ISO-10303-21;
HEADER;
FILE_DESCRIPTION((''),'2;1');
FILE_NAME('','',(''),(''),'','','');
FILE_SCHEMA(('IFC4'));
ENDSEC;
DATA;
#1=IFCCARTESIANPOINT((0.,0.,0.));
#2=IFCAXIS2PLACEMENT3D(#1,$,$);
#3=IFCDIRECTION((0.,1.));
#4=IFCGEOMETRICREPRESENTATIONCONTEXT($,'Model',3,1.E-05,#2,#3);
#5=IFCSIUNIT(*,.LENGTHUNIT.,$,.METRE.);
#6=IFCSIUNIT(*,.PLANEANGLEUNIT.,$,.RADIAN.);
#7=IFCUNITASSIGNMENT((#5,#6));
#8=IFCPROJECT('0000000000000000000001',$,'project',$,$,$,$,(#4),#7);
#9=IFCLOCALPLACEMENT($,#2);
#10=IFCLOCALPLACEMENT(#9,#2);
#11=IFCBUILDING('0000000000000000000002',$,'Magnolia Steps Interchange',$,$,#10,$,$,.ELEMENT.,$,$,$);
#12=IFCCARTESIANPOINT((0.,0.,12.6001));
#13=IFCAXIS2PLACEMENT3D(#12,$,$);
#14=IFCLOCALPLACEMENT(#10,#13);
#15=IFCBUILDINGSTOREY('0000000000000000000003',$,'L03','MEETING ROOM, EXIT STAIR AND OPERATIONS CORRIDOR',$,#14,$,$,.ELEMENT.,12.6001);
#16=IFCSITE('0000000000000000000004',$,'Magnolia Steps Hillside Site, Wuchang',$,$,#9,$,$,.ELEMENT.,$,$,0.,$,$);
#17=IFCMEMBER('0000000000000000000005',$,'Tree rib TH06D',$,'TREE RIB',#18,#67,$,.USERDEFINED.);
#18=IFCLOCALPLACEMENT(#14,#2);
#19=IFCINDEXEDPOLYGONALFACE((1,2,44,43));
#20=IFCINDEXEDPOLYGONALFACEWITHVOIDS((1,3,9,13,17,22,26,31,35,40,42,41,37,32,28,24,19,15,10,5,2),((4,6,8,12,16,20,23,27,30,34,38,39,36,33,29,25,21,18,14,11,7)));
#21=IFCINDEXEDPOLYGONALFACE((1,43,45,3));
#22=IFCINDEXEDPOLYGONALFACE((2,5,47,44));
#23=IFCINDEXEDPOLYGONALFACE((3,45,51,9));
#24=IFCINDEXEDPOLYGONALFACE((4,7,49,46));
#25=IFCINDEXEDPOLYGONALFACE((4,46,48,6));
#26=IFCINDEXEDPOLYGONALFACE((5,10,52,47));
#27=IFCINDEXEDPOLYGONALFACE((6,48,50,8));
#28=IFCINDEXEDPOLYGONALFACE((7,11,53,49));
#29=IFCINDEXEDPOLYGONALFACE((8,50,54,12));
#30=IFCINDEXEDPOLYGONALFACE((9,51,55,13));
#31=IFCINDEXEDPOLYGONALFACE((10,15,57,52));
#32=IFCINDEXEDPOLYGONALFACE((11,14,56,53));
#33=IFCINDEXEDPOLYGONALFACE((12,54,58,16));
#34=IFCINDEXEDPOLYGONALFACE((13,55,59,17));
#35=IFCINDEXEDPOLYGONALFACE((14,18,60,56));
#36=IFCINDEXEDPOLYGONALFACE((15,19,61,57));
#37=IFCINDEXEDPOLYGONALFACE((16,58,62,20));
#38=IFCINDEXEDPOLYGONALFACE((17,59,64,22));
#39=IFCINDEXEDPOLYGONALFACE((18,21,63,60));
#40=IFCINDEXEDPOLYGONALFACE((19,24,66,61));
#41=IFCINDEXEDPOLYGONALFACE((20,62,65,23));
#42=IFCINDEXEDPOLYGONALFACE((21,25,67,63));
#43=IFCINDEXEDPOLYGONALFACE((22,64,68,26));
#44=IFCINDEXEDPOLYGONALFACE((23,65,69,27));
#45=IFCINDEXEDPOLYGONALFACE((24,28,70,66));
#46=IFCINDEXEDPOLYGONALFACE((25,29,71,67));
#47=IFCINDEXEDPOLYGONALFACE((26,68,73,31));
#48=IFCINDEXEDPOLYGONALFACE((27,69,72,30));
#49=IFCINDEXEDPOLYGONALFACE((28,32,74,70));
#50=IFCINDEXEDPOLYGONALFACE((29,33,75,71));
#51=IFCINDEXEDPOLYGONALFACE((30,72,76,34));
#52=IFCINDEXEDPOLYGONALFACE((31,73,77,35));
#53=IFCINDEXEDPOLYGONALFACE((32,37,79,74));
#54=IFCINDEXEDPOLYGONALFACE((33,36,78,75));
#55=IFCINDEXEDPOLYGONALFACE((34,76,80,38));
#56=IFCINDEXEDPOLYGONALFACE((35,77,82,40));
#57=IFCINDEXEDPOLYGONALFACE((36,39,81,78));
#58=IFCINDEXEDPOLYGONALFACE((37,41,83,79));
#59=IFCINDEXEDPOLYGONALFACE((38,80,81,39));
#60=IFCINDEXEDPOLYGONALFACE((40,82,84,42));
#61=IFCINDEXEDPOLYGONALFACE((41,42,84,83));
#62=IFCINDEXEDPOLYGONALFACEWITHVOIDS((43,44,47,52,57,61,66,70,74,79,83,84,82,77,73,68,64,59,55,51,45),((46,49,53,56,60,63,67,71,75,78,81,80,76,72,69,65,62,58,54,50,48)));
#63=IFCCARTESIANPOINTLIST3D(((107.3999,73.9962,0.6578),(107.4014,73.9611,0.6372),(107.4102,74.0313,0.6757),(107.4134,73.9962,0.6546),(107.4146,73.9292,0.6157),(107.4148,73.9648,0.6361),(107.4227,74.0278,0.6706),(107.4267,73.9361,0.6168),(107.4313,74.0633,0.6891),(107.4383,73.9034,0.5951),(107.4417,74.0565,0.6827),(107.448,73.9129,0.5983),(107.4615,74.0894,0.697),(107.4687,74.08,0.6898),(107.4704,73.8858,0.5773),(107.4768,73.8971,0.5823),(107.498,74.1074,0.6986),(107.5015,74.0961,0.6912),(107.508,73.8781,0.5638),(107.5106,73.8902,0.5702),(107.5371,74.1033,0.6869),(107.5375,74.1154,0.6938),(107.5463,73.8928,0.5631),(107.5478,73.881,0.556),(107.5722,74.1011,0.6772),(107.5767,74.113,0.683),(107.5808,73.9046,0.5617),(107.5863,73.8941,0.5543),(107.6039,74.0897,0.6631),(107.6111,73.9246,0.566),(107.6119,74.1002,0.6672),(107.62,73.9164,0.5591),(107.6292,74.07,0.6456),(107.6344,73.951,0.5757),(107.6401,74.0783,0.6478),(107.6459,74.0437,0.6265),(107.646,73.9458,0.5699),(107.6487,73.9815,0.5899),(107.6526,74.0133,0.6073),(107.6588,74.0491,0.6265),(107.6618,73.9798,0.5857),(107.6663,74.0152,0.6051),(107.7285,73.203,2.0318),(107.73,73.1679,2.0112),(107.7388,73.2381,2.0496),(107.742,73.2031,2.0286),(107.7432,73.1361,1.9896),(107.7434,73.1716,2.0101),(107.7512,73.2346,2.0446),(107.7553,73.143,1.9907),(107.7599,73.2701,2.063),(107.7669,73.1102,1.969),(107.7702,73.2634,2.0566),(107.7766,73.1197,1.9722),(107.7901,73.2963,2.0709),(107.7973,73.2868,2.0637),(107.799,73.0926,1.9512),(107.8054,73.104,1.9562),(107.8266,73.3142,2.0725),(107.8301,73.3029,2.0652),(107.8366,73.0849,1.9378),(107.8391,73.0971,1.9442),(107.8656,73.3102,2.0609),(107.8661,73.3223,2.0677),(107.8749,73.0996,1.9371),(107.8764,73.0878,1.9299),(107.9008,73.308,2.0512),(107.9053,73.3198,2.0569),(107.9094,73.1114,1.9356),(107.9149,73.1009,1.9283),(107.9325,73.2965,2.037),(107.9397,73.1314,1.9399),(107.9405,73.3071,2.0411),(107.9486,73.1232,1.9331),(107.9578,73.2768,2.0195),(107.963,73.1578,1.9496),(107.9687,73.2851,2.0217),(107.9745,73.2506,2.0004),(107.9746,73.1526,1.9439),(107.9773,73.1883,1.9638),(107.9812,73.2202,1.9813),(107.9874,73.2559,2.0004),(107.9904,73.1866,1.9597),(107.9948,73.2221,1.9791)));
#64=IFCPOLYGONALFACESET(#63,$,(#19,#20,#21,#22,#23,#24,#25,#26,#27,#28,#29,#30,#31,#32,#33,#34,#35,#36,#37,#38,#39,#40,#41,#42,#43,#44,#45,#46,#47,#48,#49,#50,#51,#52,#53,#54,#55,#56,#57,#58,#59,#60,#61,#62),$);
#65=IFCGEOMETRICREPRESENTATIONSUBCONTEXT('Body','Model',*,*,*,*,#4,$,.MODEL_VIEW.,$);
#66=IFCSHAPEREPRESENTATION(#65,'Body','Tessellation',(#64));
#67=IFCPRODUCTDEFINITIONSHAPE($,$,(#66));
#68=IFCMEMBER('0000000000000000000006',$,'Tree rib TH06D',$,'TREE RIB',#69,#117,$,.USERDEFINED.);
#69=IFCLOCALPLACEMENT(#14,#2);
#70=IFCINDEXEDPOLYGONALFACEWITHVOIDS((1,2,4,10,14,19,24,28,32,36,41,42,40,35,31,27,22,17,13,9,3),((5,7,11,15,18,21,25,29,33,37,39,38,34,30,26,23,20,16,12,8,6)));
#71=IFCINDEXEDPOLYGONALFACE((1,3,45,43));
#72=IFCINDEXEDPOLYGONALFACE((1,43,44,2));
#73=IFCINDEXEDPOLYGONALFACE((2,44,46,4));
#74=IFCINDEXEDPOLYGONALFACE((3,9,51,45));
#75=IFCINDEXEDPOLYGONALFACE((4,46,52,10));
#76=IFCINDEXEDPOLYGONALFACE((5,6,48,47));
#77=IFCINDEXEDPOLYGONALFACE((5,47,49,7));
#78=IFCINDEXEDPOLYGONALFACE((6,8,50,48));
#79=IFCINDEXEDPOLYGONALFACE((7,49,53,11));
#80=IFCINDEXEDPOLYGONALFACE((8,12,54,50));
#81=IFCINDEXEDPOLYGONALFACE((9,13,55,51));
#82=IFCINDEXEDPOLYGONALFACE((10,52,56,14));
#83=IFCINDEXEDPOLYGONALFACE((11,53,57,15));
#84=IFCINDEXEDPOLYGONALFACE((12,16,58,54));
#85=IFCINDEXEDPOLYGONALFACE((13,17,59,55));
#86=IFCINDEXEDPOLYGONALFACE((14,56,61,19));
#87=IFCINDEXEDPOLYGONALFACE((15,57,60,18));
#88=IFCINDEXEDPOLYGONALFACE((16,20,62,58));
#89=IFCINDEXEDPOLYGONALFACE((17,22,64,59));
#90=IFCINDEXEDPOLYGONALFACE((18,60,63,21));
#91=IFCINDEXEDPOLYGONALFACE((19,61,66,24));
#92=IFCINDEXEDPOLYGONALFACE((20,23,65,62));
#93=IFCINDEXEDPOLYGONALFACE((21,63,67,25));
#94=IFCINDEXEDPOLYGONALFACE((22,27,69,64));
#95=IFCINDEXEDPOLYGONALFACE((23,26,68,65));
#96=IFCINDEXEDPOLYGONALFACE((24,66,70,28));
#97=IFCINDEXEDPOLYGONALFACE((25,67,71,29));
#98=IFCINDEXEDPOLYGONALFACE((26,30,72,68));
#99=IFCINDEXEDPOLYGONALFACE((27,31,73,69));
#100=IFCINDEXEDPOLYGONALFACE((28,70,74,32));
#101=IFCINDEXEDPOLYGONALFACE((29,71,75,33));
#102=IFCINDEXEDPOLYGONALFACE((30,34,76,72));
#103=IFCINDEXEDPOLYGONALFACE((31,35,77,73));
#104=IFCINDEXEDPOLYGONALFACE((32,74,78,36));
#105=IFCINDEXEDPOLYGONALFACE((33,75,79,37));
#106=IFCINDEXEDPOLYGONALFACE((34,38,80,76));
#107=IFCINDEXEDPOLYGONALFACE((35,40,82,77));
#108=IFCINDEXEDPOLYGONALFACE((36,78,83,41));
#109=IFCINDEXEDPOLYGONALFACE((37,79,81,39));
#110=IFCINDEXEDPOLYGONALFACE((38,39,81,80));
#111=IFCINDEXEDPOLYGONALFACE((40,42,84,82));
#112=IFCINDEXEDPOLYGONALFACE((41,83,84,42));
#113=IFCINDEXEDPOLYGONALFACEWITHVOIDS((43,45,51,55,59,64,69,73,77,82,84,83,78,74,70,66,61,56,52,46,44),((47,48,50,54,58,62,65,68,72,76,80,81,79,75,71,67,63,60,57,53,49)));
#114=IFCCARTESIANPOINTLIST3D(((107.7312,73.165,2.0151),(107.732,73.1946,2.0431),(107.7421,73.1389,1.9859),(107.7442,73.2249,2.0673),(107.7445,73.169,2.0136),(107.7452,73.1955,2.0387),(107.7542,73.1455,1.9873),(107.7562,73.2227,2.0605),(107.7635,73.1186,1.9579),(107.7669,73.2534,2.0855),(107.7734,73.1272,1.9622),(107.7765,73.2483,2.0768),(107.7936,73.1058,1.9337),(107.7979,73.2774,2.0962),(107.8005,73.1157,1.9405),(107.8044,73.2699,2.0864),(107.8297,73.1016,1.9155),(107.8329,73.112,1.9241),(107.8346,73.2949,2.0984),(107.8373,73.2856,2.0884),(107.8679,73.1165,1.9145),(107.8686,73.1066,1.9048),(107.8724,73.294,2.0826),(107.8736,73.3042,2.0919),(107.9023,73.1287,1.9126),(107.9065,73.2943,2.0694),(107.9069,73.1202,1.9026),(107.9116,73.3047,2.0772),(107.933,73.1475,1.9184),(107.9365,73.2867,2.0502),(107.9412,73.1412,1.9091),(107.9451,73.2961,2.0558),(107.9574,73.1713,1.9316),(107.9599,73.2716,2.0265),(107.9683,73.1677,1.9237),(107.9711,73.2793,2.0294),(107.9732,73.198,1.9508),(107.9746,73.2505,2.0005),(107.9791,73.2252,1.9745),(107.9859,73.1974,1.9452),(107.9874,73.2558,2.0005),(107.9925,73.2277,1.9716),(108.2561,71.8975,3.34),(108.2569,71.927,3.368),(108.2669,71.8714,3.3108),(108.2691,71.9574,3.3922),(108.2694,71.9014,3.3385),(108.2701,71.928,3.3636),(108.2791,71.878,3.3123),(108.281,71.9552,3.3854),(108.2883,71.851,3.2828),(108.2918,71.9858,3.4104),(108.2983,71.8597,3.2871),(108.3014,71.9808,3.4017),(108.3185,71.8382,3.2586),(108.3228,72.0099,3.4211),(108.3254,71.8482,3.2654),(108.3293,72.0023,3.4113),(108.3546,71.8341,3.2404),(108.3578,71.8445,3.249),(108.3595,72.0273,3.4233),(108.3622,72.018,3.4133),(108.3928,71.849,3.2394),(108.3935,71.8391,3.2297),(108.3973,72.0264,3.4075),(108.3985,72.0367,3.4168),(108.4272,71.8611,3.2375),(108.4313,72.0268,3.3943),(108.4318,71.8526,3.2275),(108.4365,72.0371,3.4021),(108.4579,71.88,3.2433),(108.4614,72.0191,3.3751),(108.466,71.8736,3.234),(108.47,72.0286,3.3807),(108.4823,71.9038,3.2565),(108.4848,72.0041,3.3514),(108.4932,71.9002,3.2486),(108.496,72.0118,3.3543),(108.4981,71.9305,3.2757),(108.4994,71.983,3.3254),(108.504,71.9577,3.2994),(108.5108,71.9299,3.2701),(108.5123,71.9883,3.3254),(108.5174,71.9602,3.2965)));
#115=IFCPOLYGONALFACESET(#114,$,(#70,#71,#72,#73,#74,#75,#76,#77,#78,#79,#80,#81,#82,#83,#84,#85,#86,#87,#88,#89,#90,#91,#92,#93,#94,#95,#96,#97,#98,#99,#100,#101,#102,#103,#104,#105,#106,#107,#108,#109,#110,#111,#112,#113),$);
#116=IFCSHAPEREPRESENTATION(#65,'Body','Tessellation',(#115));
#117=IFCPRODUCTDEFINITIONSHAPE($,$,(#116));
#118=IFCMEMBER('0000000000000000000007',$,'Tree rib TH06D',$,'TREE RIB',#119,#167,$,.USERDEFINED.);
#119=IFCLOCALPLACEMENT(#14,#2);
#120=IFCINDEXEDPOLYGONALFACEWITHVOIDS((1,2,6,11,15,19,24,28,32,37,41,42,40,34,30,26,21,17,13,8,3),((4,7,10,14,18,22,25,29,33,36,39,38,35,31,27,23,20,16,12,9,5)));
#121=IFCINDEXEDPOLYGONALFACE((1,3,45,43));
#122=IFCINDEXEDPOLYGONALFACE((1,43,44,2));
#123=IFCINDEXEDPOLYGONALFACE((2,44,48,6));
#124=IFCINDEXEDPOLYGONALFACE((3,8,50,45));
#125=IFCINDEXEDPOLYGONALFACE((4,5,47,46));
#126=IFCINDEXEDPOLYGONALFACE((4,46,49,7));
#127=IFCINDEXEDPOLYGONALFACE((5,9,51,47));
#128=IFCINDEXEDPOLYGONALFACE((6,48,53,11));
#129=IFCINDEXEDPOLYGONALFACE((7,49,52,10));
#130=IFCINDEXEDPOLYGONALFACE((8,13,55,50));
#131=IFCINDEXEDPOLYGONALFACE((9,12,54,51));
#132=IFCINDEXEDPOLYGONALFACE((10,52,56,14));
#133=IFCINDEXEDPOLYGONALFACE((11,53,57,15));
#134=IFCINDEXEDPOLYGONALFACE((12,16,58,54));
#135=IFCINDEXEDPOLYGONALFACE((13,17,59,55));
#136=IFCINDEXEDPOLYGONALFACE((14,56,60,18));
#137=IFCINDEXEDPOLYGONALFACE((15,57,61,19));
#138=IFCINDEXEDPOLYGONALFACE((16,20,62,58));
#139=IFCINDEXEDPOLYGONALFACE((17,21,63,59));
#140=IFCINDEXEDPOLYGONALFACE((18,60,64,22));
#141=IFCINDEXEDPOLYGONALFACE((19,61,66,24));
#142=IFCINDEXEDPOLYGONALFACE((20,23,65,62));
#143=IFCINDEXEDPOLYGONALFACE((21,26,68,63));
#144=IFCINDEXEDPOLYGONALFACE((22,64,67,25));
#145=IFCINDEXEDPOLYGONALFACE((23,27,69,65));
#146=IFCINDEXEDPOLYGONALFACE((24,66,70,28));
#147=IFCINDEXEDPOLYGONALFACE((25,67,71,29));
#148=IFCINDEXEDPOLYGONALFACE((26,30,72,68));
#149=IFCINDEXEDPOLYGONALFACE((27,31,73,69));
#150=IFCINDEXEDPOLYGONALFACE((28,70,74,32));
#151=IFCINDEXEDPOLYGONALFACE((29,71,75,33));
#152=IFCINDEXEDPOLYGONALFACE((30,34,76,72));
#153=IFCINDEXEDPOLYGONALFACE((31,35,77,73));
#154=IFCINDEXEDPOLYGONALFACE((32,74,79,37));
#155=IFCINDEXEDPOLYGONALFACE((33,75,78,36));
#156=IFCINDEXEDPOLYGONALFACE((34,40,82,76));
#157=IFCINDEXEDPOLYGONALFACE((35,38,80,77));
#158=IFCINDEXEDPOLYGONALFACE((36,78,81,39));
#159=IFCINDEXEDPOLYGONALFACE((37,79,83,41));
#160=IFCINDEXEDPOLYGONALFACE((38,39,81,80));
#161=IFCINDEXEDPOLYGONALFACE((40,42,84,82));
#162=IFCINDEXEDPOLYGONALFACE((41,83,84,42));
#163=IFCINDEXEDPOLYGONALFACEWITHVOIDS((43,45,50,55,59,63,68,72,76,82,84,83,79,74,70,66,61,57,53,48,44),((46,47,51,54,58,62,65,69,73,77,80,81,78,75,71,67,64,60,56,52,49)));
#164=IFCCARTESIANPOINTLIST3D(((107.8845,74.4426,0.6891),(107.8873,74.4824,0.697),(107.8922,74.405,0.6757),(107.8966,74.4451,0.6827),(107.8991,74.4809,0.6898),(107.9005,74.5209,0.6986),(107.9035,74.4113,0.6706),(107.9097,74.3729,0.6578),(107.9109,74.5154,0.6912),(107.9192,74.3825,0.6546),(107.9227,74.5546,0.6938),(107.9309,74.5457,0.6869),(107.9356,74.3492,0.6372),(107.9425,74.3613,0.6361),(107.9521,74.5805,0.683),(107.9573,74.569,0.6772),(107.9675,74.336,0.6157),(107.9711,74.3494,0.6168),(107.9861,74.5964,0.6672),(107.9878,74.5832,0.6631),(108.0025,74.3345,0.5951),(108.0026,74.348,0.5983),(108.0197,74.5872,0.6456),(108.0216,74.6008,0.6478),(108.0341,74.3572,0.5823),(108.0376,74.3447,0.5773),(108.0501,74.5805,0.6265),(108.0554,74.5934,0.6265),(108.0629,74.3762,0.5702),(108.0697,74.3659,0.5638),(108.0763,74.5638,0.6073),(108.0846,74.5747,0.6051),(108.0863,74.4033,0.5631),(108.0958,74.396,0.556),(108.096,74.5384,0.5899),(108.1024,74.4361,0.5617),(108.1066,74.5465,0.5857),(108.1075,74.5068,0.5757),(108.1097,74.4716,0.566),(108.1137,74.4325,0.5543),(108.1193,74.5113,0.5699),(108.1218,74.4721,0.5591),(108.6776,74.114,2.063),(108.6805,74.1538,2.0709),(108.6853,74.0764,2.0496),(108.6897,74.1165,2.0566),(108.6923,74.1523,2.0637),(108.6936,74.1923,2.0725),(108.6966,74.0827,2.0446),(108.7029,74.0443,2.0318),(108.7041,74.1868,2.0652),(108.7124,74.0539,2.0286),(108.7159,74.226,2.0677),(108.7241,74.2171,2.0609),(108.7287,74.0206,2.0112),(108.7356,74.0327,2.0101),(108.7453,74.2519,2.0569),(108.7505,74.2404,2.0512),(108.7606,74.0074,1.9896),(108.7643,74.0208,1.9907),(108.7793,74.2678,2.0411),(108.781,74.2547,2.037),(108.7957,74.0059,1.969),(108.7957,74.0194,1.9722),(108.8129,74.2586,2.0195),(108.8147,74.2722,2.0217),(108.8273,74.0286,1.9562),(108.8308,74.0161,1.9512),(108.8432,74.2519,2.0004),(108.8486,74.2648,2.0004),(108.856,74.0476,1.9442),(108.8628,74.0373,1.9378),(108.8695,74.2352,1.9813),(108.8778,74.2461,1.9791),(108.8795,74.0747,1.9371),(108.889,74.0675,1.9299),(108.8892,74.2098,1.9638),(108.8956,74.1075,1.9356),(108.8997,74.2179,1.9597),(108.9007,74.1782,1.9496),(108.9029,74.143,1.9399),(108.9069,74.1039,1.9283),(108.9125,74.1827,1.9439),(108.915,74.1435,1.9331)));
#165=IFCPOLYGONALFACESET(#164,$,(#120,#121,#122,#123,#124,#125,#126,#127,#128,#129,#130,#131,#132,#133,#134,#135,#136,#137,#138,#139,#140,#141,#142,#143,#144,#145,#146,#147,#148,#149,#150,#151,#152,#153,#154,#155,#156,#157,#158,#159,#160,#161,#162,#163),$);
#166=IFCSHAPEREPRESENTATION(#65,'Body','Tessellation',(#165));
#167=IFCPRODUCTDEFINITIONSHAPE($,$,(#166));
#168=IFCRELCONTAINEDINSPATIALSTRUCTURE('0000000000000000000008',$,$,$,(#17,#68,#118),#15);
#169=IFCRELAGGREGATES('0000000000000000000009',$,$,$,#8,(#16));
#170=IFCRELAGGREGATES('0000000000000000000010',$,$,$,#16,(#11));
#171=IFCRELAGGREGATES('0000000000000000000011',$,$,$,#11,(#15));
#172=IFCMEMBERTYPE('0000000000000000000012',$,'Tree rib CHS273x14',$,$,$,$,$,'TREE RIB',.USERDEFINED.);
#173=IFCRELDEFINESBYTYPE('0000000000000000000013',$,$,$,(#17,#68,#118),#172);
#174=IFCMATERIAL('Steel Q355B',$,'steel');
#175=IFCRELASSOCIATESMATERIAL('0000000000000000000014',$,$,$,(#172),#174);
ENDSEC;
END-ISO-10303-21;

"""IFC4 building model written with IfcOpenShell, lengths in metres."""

from ifc_helpers import new_model, si_unit, direction, frame, origin, origin_2d, place, context, subcontext, project, spatial, hollow_circle, extrude, material, material_profile, profile_set, type_object, element, save


model = new_model("IFC4")

# Units and contexts
model_context = context("Model", 3, precision=1e-05, world=origin(), true_north=direction((0.0, 1.0)))
body_context = subcontext(model_context, "Body", "Model", "MODEL_VIEW")
ifc_project = project(units=[si_unit("LENGTHUNIT", "METRE"), si_unit("PLANEANGLEUNIT", "RADIAN")], contexts=[model_context])

# Site, building, storey
site_placement = place(None, origin())
site = spatial("IfcSite", under=ifc_project, at=site_placement, Name="Magnolia Steps Hillside Site, Wuchang", CompositionType="ELEMENT", RefElevation=0.0)
building_placement = place(site_placement, origin())
building = spatial("IfcBuilding", under=site, at=building_placement, Name="Magnolia Steps Interchange", CompositionType="ELEMENT")
storey_placement = place(building_placement, frame((0.0, 0.0, 12.6001)))
storey = spatial("IfcBuildingStorey", under=building, at=storey_placement, Name="L03", Description="MEETING ROOM, EXIT STAIR AND OPERATIONS CORRIDOR", CompositionType="ELEMENT", Elevation=12.6001)

# Members
ifc_material_1 = material(Name="Steel Q355B", Category="steel")
ifc_material_profile_1 = material_profile(ifc_material_1, hollow_circle(Radius=0.1365, WallThickness=0.0139, at=origin_2d()), Name="CHS273x14")
ifc_profile_set_1 = profile_set([ifc_material_profile_1], Name="Steel Q355B")
member_type_1 = type_object("IfcMemberType", Name="Tree rib CHS273x14", ElementType="TREE RIB", PredefinedType="USERDEFINED", material=ifc_profile_set_1)
member_1_placement = place(storey_placement, frame((107.5327, 73.9968, 0.6265), z_axis=(0.20282, -0.489571, 0.848047), x_axis=(0.923857, 0.382737, 0.0)))
element("IfcMember", 1, at=member_1_placement, inside=storey, type_object=member_type_1, Name="Tree rib TH06D", ObjectType="TREE RIB", PredefinedType="USERDEFINED", context=body_context, shape_type="SweptSolid", body=[
    extrude(hollow_circle(Radius=0.1365, WallThickness=0.0139, at=origin_2d()), origin(), (0.0, 0.0, 1.0), 1.6201),
])
member_2_placement = place(storey_placement, frame((107.8613, 73.2036, 2.0005), z_axis=(0.275208, -0.664595, 0.694676), x_axis=(0.923917, 0.382593, 0.0)))
element("IfcMember", 2, at=member_2_placement, inside=storey, type_object=member_type_1, Name="Tree rib TH06D", ObjectType="TREE RIB", PredefinedType="USERDEFINED", context=body_context, shape_type="SweptSolid", body=[
    extrude(hollow_circle(Radius=0.1365, WallThickness=0.0139, at=origin_2d()), origin(), (0.0, 0.0, 1.0), 1.9072),
])
member_3_placement = place(storey_placement, frame((108.0032, 74.4673, 0.6265), z_axis=(0.489571, -0.20282, 0.848047), x_axis=(0.382737, 0.923857, 0.0)))
element("IfcMember", 3, at=member_3_placement, inside=storey, type_object=member_type_1, Name="Tree rib TH06D", ObjectType="TREE RIB", PredefinedType="USERDEFINED", context=body_context, shape_type="SweptSolid", body=[
    extrude(hollow_circle(Radius=0.1365, WallThickness=0.0139, at=origin_2d()), origin(), (0.0, 0.0, 1.0), 1.6201),
])

save(model, "model.ifc")
